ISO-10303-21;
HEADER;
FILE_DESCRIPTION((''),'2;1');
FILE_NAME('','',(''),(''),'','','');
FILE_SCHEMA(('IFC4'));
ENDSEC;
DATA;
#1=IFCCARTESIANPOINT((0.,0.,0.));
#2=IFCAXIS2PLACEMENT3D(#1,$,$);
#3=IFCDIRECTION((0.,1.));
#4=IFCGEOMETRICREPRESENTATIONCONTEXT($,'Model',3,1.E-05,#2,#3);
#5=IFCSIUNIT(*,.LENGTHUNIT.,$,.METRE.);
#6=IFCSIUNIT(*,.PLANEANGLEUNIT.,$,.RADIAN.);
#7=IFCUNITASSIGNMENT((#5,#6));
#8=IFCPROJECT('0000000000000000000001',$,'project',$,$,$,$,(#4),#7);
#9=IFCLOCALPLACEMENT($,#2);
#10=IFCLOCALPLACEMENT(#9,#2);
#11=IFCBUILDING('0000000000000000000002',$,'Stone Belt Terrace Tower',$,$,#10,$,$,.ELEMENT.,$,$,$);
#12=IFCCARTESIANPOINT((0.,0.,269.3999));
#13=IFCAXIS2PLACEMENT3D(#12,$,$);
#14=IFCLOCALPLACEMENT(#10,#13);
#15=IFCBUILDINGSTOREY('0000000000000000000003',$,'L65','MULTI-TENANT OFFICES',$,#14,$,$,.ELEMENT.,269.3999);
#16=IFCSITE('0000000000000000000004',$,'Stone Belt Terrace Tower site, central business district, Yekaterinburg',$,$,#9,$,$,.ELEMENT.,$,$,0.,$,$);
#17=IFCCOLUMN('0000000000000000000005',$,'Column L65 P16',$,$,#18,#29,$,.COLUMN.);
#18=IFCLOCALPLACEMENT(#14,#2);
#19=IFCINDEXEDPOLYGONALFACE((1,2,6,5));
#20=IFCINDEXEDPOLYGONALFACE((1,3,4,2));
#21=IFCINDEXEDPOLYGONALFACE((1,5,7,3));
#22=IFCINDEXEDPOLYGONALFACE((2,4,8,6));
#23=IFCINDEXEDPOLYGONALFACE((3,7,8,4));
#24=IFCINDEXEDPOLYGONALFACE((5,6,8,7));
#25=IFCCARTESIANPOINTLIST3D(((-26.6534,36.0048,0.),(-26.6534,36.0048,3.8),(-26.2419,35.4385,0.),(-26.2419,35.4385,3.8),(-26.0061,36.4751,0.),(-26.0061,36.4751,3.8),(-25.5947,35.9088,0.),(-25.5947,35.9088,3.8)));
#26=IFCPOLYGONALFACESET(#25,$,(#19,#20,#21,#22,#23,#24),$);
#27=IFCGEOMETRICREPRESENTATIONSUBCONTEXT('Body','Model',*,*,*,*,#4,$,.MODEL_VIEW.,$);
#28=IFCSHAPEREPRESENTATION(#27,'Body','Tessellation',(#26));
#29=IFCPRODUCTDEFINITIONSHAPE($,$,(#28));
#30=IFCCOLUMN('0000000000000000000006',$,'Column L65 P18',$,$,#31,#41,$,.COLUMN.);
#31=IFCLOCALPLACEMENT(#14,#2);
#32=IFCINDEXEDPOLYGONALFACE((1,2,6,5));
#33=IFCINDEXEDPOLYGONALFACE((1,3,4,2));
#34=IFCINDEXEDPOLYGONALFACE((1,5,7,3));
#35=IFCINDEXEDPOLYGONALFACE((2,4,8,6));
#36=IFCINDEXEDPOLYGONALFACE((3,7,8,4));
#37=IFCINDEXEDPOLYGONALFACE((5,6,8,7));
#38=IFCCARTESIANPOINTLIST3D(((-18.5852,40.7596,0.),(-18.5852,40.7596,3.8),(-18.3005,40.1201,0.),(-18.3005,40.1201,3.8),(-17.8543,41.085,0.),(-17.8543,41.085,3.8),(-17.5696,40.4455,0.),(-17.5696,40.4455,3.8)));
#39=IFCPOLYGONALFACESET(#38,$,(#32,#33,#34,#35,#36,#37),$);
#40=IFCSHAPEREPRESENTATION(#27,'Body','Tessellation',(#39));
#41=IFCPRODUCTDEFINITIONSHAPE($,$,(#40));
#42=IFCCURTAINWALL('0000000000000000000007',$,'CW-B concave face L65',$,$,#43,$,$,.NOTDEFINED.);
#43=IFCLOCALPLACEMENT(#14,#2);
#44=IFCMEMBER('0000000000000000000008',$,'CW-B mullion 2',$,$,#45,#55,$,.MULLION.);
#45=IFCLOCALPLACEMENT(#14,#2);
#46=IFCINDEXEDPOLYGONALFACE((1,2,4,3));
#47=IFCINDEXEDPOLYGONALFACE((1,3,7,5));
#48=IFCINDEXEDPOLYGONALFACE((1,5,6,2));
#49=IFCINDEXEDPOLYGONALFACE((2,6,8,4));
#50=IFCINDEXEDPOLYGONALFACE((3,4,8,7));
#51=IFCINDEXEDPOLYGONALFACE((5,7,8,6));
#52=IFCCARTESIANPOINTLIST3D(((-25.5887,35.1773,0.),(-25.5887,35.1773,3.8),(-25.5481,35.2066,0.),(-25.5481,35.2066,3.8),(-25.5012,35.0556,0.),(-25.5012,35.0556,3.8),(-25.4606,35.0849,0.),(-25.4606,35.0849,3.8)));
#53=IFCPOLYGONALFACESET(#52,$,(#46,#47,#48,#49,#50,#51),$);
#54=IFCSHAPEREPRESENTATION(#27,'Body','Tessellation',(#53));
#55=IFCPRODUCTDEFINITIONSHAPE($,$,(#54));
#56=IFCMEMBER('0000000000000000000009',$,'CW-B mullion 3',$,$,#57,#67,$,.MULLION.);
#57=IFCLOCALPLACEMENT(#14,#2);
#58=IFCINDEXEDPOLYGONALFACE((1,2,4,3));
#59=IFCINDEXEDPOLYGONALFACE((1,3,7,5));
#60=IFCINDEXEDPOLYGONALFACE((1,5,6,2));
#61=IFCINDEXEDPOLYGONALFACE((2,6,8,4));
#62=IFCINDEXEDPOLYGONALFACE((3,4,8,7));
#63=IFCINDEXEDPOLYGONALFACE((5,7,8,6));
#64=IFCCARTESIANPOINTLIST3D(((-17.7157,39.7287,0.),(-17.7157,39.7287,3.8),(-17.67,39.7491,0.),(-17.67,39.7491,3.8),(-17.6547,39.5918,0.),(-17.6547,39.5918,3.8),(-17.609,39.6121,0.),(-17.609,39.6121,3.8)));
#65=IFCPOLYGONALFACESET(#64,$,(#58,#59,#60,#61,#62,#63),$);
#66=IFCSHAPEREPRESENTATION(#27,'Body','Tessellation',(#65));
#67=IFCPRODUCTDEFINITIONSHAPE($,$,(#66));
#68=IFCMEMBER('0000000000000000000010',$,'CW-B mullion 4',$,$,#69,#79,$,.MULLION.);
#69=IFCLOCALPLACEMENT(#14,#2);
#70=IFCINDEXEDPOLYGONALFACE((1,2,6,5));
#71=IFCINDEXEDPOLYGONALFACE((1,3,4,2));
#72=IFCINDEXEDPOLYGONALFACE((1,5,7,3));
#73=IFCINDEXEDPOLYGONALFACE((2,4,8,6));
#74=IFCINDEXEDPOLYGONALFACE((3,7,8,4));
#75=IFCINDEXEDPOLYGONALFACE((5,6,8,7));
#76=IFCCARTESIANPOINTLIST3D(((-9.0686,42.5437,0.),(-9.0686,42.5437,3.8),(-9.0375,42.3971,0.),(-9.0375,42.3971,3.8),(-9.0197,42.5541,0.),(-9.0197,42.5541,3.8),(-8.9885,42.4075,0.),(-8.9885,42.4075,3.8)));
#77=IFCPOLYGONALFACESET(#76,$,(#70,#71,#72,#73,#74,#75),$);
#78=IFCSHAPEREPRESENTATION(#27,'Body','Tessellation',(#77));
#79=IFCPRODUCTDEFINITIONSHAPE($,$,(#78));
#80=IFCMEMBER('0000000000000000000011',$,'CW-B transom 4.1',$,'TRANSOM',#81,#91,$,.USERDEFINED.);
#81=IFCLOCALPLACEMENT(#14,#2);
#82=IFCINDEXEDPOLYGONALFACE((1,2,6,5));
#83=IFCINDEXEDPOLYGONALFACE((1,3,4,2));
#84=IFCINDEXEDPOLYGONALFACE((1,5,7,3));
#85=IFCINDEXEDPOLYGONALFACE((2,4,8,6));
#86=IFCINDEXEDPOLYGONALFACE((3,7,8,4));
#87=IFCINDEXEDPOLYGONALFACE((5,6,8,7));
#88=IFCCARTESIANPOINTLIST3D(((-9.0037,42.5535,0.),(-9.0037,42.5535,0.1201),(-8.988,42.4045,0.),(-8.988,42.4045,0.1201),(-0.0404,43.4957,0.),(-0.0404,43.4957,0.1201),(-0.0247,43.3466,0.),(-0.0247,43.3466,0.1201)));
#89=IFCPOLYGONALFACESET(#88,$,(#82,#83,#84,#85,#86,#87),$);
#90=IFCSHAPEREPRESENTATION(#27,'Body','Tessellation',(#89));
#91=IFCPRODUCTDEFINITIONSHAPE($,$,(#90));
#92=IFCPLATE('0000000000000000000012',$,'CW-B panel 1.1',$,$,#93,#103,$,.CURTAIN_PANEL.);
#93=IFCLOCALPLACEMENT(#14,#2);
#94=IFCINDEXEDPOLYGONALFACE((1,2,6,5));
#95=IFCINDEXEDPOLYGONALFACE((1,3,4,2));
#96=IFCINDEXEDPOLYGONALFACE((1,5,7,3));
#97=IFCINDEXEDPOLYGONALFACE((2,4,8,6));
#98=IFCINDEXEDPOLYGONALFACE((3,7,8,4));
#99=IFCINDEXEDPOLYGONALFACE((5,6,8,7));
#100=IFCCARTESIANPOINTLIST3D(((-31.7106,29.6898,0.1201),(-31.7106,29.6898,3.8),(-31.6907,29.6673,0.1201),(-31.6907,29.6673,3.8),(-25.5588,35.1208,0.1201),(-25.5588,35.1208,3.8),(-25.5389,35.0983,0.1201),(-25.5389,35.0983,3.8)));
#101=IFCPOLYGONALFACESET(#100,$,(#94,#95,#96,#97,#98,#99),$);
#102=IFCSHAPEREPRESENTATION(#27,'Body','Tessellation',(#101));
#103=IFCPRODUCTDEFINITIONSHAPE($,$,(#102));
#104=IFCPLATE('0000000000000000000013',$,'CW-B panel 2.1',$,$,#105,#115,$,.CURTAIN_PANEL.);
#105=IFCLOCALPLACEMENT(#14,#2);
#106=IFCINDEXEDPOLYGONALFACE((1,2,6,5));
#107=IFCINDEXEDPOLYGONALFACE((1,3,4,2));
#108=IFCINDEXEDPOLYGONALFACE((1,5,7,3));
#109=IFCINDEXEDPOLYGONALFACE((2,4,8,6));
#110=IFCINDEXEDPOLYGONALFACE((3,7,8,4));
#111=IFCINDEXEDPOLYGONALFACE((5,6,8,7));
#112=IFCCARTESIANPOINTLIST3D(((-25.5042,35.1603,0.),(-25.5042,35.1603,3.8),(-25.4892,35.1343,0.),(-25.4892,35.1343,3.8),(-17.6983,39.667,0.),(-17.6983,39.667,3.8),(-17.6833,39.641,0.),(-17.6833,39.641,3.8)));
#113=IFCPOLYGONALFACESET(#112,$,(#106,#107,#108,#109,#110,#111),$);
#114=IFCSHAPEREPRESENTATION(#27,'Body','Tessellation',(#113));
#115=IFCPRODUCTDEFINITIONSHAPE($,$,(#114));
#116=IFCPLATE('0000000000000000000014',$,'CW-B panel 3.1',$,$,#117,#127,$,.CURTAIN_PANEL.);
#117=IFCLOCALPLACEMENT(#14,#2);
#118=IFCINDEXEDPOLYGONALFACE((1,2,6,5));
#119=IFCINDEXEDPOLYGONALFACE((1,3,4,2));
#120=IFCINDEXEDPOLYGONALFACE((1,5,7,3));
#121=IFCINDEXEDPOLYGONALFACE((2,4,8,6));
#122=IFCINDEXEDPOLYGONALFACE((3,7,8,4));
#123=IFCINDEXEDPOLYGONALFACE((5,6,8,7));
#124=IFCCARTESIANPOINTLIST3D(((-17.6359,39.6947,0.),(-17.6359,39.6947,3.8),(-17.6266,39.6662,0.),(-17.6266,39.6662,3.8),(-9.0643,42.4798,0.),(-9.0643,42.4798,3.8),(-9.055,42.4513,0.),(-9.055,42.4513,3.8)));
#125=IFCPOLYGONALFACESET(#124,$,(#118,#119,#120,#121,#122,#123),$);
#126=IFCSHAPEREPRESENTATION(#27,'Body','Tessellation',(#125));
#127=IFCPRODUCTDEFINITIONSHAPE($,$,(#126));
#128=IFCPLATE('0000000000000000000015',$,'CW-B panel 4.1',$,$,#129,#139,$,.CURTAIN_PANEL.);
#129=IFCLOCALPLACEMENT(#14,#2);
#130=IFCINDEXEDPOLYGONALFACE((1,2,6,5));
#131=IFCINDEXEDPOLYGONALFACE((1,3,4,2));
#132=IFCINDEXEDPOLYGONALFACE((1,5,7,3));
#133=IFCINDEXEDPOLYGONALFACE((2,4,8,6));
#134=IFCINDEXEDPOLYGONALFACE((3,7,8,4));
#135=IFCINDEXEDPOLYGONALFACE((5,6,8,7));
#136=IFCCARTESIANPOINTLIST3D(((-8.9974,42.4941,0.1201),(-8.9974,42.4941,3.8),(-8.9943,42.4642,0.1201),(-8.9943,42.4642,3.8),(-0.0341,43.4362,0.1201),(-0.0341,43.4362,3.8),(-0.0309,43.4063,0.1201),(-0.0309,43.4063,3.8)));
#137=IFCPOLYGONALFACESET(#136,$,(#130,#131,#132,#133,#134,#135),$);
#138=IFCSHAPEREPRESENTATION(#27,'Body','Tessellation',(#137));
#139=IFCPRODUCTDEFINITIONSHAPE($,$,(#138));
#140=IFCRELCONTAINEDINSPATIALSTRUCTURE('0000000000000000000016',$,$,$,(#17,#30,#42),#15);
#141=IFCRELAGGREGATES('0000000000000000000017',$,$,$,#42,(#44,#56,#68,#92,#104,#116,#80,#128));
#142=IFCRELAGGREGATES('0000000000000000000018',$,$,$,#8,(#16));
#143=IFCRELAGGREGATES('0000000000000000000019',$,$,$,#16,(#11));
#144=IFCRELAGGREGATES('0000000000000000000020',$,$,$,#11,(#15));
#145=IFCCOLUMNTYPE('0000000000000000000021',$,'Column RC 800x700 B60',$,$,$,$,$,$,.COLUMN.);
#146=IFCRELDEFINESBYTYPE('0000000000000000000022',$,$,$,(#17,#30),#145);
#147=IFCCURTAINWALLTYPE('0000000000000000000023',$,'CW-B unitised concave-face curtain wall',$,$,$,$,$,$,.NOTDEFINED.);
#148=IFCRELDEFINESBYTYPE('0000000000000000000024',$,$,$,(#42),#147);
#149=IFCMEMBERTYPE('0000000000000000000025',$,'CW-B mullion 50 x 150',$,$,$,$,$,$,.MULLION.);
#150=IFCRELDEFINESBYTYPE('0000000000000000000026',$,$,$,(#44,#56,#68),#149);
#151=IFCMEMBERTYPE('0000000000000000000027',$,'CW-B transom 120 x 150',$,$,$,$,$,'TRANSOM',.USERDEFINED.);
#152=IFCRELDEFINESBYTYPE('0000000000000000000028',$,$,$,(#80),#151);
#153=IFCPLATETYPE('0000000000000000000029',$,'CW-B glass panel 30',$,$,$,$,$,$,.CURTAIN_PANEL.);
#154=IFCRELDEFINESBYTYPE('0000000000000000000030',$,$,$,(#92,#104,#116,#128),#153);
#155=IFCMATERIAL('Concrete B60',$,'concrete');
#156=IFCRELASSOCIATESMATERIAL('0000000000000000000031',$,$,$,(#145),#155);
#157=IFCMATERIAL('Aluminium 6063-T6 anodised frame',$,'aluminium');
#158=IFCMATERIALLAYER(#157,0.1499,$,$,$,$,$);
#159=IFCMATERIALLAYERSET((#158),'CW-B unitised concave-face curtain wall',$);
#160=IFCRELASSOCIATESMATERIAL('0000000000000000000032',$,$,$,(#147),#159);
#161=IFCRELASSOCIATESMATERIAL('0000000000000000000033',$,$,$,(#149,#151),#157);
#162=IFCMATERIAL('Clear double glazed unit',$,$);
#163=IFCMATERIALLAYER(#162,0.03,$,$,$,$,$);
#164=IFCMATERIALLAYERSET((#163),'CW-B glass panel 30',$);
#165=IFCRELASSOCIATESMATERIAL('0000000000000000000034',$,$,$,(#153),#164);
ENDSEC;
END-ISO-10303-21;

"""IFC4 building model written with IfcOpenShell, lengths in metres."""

from ifc_helpers import new_model, si_unit, direction, frame, origin, origin_2d, place, context, subcontext, project, spatial, rectangle, extrude, material, layer, layer_set, material_profile, profile_set, type_object, element, aggregate, save


model = new_model("IFC4")

# Units and contexts
model_context = context("Model", 3, precision=1e-05, world=origin(), true_north=direction((0.0, 1.0)))
body_context = subcontext(model_context, "Body", "Model", "MODEL_VIEW")
ifc_project = project(units=[si_unit("LENGTHUNIT", "METRE"), si_unit("PLANEANGLEUNIT", "RADIAN")], contexts=[model_context])

# Site, building, storey
site_placement = place(None, origin())
site = spatial("IfcSite", under=ifc_project, at=site_placement, Name="Stone Belt Terrace Tower site, central business district, Yekaterinburg", CompositionType="ELEMENT", RefElevation=0.0)
building_placement = place(site_placement, origin())
building = spatial("IfcBuilding", under=site, at=building_placement, Name="Stone Belt Terrace Tower", CompositionType="ELEMENT")
storey_placement = place(building_placement, frame((0.0, 0.0, 269.3999)))
storey = spatial("IfcBuildingStorey", under=building, at=storey_placement, Name="L65", Description="MULTI-TENANT OFFICES", CompositionType="ELEMENT", Elevation=269.3999)

# Columns
ifc_material_1 = material(Name="Concrete B60", Category="concrete")
ifc_material_profile_1 = material_profile(ifc_material_1, rectangle(XDim=0.8, YDim=0.7, at=origin_2d()), Name="RC 800x700")
ifc_profile_set_1 = profile_set([ifc_material_profile_1], Name="Concrete B60")
column_type = type_object("IfcColumnType", Name="Column RC 800x700 B60", PredefinedType="COLUMN", material=ifc_profile_set_1)
for number, where, z_axis, x_axis, name in (
    (1, (-26.124, 35.9568, 0.0), (0.0, 0.0, 1.0), (0.809017, 0.587785, 0.0), "Column L65 P16"),
    (2, (-18.0774, 40.6025, 0.0), (0.0, 0.0, 1.0), (0.913545, 0.406737, 0.0), "Column L65 P18"),
):
    element("IfcColumn", number, at=place(storey_placement, frame(where, z_axis=z_axis, x_axis=x_axis)), inside=storey, type_object=column_type, Name=name, PredefinedType="COLUMN", context=body_context, shape_type="SweptSolid", body=[
        extrude(rectangle(XDim=0.8, YDim=0.7, at=origin_2d()), origin(), (0.0, 0.0, 1.0), 3.8),
    ])

# Curtain wall, members, plates
ifc_material_2 = material(Name="Aluminium 6063-T6 anodised frame", Category="aluminium")
ifc_layer_1 = layer(ifc_material_2, 0.1499)
ifc_layer_set_1 = layer_set([ifc_layer_1], Name="CW-B unitised concave-face curtain wall")
curtain_wall_type = type_object("IfcCurtainWallType", Name="CW-B unitised concave-face curtain wall", PredefinedType="NOTDEFINED", material=ifc_layer_set_1)
curtain_wall_placement = place(storey_placement, origin())
curtain_wall = element("IfcCurtainWall", 3, at=curtain_wall_placement, inside=storey, type_object=curtain_wall_type, Name="CW-B concave face L65", PredefinedType="NOTDEFINED")
ifc_material_profile_2 = material_profile(ifc_material_2, rectangle(XDim=0.1499, YDim=0.05, at=origin_2d()), Name="Aluminium 6063-T6 50x150")
ifc_profile_set_2 = profile_set([ifc_material_profile_2], Name="Aluminium 6063-T6 anodised frame")
member_type_1 = type_object("IfcMemberType", Name="CW-B mullion 50 x 150", PredefinedType="MULLION", material=ifc_profile_set_2)
member_1_placement = place(storey_placement, frame((-25.5247, 35.1311, 0.0), z_axis=(0.0, 0.0, 1.0), x_axis=(-0.583819, 0.811884, 0.0)))
member_1 = element("IfcMember", 4, at=member_1_placement, type_object=member_type_1, Name="CW-B mullion 2", PredefinedType="MULLION", context=body_context, shape_type="SweptSolid", body=[
    extrude(rectangle(XDim=0.1499, YDim=0.05, at=origin_2d()), origin(), (0.0, 0.0, 1.0), 3.8),
])
member_2_placement = place(storey_placement, frame((-17.6624, 39.6704, 0.0), z_axis=(0.0, 0.0, 1.0), x_axis=(-0.406737, 0.913545, 0.0)))
member_2 = element("IfcMember", 5, at=member_2_placement, type_object=member_type_1, Name="CW-B mullion 3", PredefinedType="MULLION", context=body_context, shape_type="SweptSolid", body=[
    extrude(rectangle(XDim=0.1499, YDim=0.05, at=origin_2d()), origin(), (0.0, 0.0, 1.0), 3.8),
])
member_3_placement = place(storey_placement, frame((-9.0286, 42.4756, 0.0), z_axis=(0.0, 0.0, 1.0), x_axis=(-0.207912, 0.978148, 0.0)))
member_3 = element("IfcMember", 6, at=member_3_placement, type_object=member_type_1, Name="CW-B mullion 4", PredefinedType="MULLION", context=body_context, shape_type="SweptSolid", body=[
    extrude(rectangle(XDim=0.1499, YDim=0.05, at=origin_2d()), origin(), (0.0, 0.0, 1.0), 3.8),
])
ifc_material_profile_3 = material_profile(ifc_material_2, rectangle(XDim=0.1499, YDim=0.1201, at=origin_2d()), Name="Aluminium 6063-T6 150x120")
ifc_profile_set_3 = profile_set([ifc_material_profile_3], Name="Aluminium 6063-T6 anodised frame")
member_type_2 = type_object("IfcMemberType", Name="CW-B transom 120 x 150", ElementType="TRANSOM", PredefinedType="USERDEFINED", material=ifc_profile_set_3)
member_4_placement = place(storey_placement, frame((-8.9958, 42.479, 0.0601), z_axis=(0.994521, 0.104534, 0.0), x_axis=(-0.104534, 0.994521, 0.0)))
member_4 = element("IfcMember", 7, at=member_4_placement, type_object=member_type_2, Name="CW-B transom 4.1", ObjectType="TRANSOM", PredefinedType="USERDEFINED", context=body_context, shape_type="SweptSolid", body=[
    extrude(rectangle(XDim=0.1499, YDim=0.1201, at=origin_2d()), origin(), (0.0, 0.0, 1.0), 9.0127),
])
ifc_material_3 = material(Name="Clear double glazed unit")
ifc_layer_2 = layer(ifc_material_3, 0.03)
ifc_layer_set_2 = layer_set([ifc_layer_2], Name="CW-B glass panel 30")
plate_type = type_object("IfcPlateType", Name="CW-B glass panel 30", PredefinedType="CURTAIN_PANEL", material=ifc_layer_set_2)
plate_1_placement = place(storey_placement, frame((-28.6248, 32.394, 0.1201), z_axis=(0.0, 0.0, 1.0), x_axis=(0.749659, 0.661825, 0.0)))
plate_1 = element("IfcPlate", 8, at=plate_1_placement, type_object=plate_type, Name="CW-B panel 1.1", PredefinedType="CURTAIN_PANEL", context=body_context, shape_type="SweptSolid", body=[
    extrude(rectangle(XDim=8.2061, YDim=0.03, at=origin_2d()), origin(), (0.0, 0.0, 1.0), 3.6799),
])
plate_2_placement = place(storey_placement, frame((-21.5938, 37.4006, 0.0), z_axis=(0.0, 0.0, 1.0), x_axis=(0.866025, 0.5, 0.0)))
plate_2 = element("IfcPlate", 9, at=plate_2_placement, type_object=plate_type, Name="CW-B panel 2.1", PredefinedType="CURTAIN_PANEL", context=body_context, shape_type="SweptSolid", body=[
    extrude(rectangle(XDim=9.0134, YDim=0.03, at=origin_2d()), origin(), (0.0, 0.0, 1.0), 3.8),
])
plate_3_placement = place(storey_placement, frame((-13.3455, 41.073, 0.0), z_axis=(0.0, 0.0, 1.0), x_axis=(0.951057, 0.309017, 0.0)))
plate_3 = element("IfcPlate", 10, at=plate_3_placement, type_object=plate_type, Name="CW-B panel 3.1", PredefinedType="CURTAIN_PANEL", context=body_context, shape_type="SweptSolid", body=[
    extrude(rectangle(XDim=9.0127, YDim=0.03, at=origin_2d()), origin(), (0.0, 0.0, 1.0), 3.8),
])
plate_4_placement = place(storey_placement, frame((-4.5142, 42.9502, 0.1201), z_axis=(0.0, 0.0, 1.0), x_axis=(0.994522, 0.104528, 0.0)))
plate_4 = element("IfcPlate", 11, at=plate_4_placement, type_object=plate_type, Name="CW-B panel 4.1", PredefinedType="CURTAIN_PANEL", context=body_context, shape_type="SweptSolid", body=[
    extrude(rectangle(XDim=9.0127, YDim=0.03, at=origin_2d()), origin(), (0.0, 0.0, 1.0), 3.6799),
])
aggregate(curtain_wall, [member_1, member_2, member_3, plate_1, plate_2, plate_3, member_4, plate_4])

save(model, "model.ifc")
